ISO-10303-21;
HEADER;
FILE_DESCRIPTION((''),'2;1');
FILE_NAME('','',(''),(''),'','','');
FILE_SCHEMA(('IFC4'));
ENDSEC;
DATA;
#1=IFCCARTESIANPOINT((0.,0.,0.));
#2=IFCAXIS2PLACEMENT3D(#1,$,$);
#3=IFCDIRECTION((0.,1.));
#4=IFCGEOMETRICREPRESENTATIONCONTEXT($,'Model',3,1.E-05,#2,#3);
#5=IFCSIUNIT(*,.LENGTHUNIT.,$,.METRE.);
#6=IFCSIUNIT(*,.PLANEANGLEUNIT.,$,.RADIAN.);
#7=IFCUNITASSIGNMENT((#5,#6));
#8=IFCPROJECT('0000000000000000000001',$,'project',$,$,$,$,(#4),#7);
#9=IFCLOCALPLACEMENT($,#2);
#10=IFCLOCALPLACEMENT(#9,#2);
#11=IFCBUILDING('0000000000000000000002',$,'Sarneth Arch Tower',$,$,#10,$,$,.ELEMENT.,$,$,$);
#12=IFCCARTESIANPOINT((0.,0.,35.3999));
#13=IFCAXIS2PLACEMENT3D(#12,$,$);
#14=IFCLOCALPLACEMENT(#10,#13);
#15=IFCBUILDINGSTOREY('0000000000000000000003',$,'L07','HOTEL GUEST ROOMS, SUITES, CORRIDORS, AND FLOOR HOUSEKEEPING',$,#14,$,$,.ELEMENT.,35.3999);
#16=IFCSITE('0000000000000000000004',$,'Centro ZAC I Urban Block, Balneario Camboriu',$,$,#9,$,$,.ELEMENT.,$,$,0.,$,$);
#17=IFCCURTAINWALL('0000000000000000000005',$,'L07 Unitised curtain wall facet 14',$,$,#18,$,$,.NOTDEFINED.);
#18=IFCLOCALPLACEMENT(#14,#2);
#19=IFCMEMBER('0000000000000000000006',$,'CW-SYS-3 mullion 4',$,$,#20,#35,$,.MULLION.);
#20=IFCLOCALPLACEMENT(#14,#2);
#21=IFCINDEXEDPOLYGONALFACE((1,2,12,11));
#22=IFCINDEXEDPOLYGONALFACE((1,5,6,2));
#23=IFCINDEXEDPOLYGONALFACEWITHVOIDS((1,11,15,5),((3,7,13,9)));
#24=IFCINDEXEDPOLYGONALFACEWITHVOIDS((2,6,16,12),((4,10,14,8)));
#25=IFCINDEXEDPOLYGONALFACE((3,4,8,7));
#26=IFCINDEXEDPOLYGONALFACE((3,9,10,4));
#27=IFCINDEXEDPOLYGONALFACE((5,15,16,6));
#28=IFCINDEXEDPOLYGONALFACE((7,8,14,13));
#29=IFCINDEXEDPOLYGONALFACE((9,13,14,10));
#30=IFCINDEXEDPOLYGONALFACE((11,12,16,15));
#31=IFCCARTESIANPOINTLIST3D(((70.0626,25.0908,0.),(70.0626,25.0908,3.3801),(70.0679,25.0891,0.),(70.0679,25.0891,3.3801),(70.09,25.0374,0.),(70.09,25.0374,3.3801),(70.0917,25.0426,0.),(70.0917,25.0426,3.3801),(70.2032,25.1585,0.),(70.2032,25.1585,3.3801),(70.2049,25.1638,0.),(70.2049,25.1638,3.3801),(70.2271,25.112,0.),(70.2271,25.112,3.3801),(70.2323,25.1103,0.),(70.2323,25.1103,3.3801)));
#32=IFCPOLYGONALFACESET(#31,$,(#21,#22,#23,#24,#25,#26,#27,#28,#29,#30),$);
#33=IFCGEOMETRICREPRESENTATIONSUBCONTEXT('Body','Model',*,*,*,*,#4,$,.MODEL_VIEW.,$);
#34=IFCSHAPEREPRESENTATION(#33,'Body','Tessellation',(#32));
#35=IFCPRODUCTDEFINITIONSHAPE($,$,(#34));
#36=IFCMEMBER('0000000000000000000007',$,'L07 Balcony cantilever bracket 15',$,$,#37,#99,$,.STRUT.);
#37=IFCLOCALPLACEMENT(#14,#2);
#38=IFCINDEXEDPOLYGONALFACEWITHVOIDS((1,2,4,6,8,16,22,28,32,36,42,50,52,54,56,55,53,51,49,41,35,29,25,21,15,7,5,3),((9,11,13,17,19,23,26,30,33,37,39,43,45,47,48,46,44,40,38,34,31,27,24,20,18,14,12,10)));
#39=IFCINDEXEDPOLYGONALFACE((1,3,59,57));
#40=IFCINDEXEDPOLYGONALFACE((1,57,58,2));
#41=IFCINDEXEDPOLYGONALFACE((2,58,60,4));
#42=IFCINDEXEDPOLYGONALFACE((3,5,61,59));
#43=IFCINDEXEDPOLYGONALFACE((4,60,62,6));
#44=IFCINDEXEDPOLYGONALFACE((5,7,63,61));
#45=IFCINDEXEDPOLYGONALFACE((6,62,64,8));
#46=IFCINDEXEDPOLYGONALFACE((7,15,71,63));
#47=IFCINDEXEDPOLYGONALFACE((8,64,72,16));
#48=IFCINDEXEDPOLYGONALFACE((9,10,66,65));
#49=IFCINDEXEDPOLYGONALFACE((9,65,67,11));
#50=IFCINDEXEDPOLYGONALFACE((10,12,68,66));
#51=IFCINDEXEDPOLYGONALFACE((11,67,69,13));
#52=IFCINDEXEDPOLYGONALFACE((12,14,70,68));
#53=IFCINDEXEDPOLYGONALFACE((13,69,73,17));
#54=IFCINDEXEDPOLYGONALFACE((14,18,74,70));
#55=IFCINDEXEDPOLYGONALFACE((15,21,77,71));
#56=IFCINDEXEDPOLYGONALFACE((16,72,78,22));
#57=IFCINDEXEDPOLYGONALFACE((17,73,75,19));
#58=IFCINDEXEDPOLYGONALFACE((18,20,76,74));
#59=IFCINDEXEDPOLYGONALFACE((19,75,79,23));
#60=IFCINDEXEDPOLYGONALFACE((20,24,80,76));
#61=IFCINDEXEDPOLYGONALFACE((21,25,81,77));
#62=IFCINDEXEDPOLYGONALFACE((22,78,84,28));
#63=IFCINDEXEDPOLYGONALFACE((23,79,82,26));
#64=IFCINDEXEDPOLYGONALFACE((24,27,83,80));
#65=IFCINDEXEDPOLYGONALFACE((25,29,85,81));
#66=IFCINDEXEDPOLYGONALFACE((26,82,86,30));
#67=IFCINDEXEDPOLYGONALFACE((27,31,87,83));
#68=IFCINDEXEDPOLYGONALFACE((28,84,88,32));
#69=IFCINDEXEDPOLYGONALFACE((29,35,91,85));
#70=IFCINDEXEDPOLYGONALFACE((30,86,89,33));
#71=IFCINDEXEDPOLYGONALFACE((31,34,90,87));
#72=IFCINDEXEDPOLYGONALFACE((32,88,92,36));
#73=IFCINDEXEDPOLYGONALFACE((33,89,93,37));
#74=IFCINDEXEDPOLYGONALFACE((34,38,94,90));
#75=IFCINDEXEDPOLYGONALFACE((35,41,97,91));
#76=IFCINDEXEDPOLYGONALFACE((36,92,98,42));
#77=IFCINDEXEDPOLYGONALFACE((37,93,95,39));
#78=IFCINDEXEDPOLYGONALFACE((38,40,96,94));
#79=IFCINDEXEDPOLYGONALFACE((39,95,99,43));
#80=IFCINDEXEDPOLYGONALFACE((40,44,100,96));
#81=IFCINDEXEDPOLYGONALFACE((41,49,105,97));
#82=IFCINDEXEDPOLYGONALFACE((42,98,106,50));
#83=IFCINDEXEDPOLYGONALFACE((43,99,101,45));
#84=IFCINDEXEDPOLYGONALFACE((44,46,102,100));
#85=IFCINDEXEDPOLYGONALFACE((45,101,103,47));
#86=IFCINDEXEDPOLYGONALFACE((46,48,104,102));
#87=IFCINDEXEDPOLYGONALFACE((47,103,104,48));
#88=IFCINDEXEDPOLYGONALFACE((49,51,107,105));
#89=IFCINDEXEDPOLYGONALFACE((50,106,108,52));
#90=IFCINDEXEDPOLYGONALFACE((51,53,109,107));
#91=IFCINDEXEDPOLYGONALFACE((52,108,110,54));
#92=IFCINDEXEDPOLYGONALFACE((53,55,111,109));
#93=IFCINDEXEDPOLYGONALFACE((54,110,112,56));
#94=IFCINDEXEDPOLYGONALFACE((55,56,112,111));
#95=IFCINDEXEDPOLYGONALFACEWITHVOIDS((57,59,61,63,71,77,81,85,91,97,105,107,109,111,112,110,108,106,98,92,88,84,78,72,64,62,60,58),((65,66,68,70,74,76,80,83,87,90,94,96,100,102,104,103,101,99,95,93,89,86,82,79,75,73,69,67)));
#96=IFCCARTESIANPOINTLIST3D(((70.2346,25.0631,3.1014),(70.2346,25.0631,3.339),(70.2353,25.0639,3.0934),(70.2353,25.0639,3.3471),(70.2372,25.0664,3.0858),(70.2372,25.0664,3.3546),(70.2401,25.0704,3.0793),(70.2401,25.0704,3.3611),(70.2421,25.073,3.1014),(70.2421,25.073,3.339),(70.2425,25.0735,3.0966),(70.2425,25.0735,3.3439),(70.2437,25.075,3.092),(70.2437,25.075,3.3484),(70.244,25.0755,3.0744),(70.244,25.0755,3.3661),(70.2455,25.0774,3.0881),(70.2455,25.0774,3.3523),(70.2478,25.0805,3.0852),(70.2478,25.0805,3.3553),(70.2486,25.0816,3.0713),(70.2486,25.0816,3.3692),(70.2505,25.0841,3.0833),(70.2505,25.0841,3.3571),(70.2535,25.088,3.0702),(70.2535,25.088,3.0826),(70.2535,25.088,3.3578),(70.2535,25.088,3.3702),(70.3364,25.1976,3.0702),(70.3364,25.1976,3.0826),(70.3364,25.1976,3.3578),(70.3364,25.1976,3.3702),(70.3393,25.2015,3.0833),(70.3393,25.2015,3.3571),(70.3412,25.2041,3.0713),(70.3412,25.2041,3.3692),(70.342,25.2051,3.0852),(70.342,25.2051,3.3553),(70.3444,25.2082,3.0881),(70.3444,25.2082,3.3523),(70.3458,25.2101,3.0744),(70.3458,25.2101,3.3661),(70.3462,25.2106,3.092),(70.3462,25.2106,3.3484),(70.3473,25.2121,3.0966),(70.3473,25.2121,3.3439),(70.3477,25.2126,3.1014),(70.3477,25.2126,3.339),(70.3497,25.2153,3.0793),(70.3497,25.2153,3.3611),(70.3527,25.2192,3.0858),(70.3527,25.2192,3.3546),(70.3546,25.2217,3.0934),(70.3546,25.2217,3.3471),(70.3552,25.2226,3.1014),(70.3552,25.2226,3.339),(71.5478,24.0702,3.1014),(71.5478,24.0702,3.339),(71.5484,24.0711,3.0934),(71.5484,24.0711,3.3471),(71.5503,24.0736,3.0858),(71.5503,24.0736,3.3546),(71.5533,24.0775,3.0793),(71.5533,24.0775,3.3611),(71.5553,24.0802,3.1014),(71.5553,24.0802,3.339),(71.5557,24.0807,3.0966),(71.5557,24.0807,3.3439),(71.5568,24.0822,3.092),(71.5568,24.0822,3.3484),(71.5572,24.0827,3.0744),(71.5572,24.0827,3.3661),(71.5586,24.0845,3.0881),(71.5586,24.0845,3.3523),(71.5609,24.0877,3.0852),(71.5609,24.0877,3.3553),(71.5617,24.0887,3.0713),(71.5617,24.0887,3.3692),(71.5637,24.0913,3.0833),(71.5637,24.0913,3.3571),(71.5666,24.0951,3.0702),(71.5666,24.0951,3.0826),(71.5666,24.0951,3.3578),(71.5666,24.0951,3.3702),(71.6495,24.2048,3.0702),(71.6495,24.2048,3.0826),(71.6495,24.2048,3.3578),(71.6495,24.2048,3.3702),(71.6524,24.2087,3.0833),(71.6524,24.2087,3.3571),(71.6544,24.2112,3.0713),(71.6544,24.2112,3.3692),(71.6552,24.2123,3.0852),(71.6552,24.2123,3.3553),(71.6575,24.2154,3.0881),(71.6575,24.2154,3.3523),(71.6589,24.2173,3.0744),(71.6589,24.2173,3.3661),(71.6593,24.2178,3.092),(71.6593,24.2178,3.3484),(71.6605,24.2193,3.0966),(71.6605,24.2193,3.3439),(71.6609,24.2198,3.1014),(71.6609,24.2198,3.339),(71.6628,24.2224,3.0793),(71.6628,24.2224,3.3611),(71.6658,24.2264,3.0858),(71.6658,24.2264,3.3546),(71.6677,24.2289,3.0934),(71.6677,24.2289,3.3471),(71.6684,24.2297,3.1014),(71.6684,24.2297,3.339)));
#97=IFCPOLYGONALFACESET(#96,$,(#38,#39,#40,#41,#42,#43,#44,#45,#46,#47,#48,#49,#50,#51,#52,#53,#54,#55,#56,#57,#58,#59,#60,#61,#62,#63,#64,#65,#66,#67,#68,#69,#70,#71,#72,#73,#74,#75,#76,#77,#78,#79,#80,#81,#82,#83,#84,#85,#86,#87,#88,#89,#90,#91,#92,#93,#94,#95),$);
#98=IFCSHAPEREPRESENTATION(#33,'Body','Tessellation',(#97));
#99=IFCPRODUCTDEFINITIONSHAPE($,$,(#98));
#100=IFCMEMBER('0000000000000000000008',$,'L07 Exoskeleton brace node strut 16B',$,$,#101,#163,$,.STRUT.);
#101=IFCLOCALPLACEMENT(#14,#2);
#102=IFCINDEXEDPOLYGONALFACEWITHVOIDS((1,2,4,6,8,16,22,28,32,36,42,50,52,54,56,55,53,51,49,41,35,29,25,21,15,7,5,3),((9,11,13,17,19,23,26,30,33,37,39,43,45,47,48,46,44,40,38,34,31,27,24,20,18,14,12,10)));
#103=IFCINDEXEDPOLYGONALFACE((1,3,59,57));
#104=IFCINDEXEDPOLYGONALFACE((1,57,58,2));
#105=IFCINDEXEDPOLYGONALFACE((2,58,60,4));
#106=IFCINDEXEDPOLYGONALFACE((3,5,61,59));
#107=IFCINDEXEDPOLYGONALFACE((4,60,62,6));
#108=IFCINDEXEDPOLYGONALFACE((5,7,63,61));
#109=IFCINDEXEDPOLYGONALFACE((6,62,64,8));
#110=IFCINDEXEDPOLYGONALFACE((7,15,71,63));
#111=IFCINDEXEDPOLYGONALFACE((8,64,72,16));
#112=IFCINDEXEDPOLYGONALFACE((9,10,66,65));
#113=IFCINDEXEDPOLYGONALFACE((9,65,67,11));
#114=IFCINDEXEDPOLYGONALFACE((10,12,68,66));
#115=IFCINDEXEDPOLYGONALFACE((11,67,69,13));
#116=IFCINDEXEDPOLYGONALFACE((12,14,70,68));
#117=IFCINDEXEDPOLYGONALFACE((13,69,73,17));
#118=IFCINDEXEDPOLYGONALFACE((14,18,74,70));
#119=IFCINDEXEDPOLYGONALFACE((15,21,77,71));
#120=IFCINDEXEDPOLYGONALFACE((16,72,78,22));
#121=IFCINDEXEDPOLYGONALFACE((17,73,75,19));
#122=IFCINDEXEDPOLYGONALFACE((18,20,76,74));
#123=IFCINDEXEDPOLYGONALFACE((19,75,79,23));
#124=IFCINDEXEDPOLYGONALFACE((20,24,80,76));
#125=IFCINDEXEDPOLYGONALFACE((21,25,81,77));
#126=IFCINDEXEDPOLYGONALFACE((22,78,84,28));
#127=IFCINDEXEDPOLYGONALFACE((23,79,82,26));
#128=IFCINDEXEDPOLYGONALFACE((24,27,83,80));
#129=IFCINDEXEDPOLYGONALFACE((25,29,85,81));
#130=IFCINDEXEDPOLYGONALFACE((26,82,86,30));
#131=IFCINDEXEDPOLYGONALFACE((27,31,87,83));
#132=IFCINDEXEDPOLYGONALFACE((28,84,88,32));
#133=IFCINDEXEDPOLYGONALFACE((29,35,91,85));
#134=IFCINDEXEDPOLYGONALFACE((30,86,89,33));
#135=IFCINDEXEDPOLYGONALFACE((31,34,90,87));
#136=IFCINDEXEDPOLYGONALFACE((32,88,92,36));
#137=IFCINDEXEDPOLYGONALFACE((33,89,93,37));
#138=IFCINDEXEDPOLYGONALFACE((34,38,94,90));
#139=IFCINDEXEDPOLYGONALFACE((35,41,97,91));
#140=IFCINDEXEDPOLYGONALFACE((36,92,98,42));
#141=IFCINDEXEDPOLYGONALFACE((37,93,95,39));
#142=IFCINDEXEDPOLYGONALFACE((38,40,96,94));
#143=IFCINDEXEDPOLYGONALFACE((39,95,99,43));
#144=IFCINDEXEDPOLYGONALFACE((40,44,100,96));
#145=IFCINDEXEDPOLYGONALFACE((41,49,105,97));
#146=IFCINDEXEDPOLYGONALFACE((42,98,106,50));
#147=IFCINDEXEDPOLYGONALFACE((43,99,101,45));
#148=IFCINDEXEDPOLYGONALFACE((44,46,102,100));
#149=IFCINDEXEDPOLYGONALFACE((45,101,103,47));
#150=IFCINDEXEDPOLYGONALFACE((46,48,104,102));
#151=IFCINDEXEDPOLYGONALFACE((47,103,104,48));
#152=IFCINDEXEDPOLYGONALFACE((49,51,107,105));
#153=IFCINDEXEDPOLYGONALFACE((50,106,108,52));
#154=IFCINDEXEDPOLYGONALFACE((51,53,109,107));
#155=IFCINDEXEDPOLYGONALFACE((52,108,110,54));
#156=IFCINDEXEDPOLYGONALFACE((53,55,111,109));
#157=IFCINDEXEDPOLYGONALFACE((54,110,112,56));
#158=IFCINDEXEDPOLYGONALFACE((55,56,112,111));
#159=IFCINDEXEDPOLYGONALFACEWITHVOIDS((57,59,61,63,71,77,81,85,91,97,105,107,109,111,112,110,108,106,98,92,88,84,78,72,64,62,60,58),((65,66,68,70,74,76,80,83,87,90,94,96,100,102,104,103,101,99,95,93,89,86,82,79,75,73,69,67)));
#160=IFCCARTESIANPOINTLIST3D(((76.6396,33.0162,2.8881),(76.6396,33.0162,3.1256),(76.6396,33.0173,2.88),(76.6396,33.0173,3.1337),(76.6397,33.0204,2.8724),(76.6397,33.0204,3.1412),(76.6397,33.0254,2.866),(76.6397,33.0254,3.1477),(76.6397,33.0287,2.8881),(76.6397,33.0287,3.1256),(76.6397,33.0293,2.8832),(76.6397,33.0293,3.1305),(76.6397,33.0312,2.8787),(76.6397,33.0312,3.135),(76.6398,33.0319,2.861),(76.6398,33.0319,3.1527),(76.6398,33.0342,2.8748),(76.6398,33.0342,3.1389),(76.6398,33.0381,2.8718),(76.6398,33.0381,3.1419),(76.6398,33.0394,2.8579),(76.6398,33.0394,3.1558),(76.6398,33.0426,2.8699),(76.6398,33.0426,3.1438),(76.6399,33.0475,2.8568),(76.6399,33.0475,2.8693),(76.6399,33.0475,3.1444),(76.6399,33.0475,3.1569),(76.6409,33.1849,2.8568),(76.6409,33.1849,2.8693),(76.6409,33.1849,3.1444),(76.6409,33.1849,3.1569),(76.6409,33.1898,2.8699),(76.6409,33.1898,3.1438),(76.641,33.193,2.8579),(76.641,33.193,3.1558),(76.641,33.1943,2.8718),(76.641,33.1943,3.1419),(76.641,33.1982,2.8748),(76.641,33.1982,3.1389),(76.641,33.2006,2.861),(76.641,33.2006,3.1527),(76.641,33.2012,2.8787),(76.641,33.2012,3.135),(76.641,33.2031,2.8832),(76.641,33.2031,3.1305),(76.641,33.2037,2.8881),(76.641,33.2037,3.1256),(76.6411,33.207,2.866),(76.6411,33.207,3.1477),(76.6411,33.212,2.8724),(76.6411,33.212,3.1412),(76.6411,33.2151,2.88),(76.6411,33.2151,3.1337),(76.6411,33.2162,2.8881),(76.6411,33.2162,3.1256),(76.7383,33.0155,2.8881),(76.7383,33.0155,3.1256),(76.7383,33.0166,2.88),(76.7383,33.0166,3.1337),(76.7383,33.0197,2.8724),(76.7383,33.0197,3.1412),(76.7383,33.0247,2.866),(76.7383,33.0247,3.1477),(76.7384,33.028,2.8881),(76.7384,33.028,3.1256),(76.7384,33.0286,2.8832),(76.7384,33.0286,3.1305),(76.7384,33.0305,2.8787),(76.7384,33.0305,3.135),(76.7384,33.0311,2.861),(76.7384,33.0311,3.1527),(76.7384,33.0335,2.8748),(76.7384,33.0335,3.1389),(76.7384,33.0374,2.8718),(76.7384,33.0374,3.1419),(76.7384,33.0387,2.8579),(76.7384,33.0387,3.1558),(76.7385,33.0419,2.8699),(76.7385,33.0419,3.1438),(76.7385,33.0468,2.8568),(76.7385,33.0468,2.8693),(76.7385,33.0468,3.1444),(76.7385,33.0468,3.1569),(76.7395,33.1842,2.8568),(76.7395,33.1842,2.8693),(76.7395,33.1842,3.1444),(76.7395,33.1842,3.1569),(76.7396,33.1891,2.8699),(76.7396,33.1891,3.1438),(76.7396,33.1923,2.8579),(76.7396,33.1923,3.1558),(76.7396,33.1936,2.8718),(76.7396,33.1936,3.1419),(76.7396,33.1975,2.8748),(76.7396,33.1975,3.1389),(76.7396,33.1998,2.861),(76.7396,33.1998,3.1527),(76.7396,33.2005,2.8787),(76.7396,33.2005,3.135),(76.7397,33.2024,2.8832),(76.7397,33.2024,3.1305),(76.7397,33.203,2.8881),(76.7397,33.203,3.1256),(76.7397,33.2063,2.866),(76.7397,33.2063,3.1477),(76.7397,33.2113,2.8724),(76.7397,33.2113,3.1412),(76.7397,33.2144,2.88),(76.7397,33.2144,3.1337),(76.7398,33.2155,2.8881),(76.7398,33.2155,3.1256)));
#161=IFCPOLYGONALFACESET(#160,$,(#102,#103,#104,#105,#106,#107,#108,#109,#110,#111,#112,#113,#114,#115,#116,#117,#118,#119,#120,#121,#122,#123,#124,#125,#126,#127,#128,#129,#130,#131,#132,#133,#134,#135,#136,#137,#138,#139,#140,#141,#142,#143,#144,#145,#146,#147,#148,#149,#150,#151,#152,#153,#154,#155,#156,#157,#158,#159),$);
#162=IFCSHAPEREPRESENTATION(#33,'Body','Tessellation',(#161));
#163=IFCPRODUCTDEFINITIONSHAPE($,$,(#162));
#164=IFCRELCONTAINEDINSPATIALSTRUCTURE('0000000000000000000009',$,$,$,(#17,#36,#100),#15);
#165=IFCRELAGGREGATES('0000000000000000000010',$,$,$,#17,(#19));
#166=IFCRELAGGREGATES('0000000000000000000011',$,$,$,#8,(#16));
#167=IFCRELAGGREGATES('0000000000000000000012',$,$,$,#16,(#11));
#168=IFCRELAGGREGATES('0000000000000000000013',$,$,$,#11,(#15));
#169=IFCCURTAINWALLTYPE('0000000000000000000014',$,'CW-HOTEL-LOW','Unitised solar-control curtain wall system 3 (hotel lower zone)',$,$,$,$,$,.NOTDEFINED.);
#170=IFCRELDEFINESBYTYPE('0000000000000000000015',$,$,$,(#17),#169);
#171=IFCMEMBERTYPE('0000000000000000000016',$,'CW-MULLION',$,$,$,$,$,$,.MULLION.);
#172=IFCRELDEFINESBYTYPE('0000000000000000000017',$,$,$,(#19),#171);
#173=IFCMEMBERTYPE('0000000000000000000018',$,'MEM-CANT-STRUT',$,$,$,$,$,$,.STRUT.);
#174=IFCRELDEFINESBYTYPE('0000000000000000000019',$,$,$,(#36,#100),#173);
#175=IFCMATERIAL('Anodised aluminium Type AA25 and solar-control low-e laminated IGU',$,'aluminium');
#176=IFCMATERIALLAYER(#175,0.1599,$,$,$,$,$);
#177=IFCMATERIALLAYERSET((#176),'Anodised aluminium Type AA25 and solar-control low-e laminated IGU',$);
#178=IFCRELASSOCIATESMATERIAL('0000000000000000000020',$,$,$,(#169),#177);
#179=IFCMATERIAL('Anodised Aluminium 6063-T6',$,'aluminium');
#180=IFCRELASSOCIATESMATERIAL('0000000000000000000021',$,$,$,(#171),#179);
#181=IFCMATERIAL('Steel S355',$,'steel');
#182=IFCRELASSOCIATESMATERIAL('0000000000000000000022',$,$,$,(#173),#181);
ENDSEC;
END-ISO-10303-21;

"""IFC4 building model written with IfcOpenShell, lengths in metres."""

from ifc_helpers import new_model, si_unit, direction, frame, origin, origin_2d, place, context, subcontext, project, spatial, hollow_rectangle, extrude, material, layer, layer_set, material_profile, profile_set, type_object, element, aggregate, save


model = new_model("IFC4")

# Units and contexts
model_context = context("Model", 3, precision=1e-05, world=origin(), true_north=direction((0.0, 1.0)))
body_context = subcontext(model_context, "Body", "Model", "MODEL_VIEW")
ifc_project = project(units=[si_unit("LENGTHUNIT", "METRE"), si_unit("PLANEANGLEUNIT", "RADIAN")], contexts=[model_context])

# Site, building, storey
site_placement = place(None, origin())
site = spatial("IfcSite", under=ifc_project, at=site_placement, Name="Centro ZAC I Urban Block, Balneario Camboriu", CompositionType="ELEMENT", RefElevation=0.0)
building_placement = place(site_placement, origin())
building = spatial("IfcBuilding", under=site, at=building_placement, Name="Sarneth Arch Tower", CompositionType="ELEMENT")
storey_placement = place(building_placement, frame((0.0, 0.0, 35.3999)))
storey = spatial("IfcBuildingStorey", under=building, at=storey_placement, Name="L07", Description="HOTEL GUEST ROOMS, SUITES, CORRIDORS, AND FLOOR HOUSEKEEPING", CompositionType="ELEMENT", Elevation=35.3999)

# Curtain wall, member
ifc_material_1 = material(Name="Anodised aluminium Type AA25 and solar-control low-e laminated IGU", Category="aluminium")
ifc_layer_1 = layer(ifc_material_1, 0.1599)
ifc_layer_set_1 = layer_set([ifc_layer_1], Name="Anodised aluminium Type AA25 and solar-control low-e laminated IGU")
curtain_wall_type = type_object("IfcCurtainWallType", Name="CW-HOTEL-LOW", Description="Unitised solar-control curtain wall system 3 (hotel lower zone)", PredefinedType="NOTDEFINED", material=ifc_layer_set_1)
curtain_wall_placement = place(storey_placement, origin())
curtain_wall = element("IfcCurtainWall", 1, at=curtain_wall_placement, inside=storey, type_object=curtain_wall_type, Name="L07 Unitised curtain wall facet 14", PredefinedType="NOTDEFINED")
ifc_material_2 = material(Name="Anodised Aluminium 6063-T6", Category="aluminium")
ifc_material_profile_1 = material_profile(ifc_material_2, hollow_rectangle(XDim=0.0601, YDim=0.1599, WallThickness=0.0039, at=origin_2d()), Name="AL-MULL-160x60x4")
ifc_profile_set_1 = profile_set([ifc_material_profile_1], Name="Anodised Aluminium 6063-T6")
member_type_1 = type_object("IfcMemberType", Name="CW-MULLION", PredefinedType="MULLION", material=ifc_profile_set_1)
member_1_placement = place(storey_placement, frame((70.1475, 25.1006, 0.0), z_axis=(0.0, 0.0, 1.0), x_axis=(-0.456245, 0.889854, 0.0)))
member_1 = element("IfcMember", 2, at=member_1_placement, type_object=member_type_1, Name="CW-SYS-3 mullion 4", PredefinedType="MULLION", context=body_context, shape_type="SweptSolid", body=[
    extrude(hollow_rectangle(XDim=0.0601, YDim=0.1599, WallThickness=0.0039, at=origin_2d()), origin(), (0.0, 0.0, 1.0), 3.3801),
])
aggregate(curtain_wall, [member_1])

# Members
ifc_material_3 = material(Name="Steel S355", Category="steel")
ifc_material_profile_2 = material_profile(ifc_material_3, hollow_rectangle(XDim=0.2, YDim=0.3, WallThickness=0.0125, InnerFilletRadius=0.0188, OuterFilletRadius=0.0312, at=origin_2d()), Name="RHS300x200x12.5")
ifc_profile_set_2 = profile_set([ifc_material_profile_2], Name="Steel S355")
member_type_2 = type_object("IfcMemberType", Name="MEM-CANT-STRUT", PredefinedType="STRUT", material=ifc_profile_set_2)
member_2_placement = place(storey_placement, frame((70.2949, 25.1428, 3.2202), z_axis=(0.797663, -0.603104, 0.0), x_axis=(0.603104, 0.797663, 0.0)))
element("IfcMember", 3, at=member_2_placement, inside=storey, type_object=member_type_2, Name="L07 Balcony cantilever bracket 15", PredefinedType="STRUT", context=body_context, shape_type="SweptSolid", body=[
    extrude(hollow_rectangle(XDim=0.2, YDim=0.3, WallThickness=0.0125, InnerFilletRadius=0.0188, OuterFilletRadius=0.0312, at=origin_2d()), origin(), (0.0, 0.0, 1.0), 1.6462),
])
member_3_placement = place(storey_placement, frame((76.6404, 33.1162, 3.0068), z_axis=(0.999972, -0.007426, 0.0), x_axis=(0.007426, 0.999972, 0.0)))
element("IfcMember", 4, at=member_3_placement, inside=storey, type_object=member_type_2, Name="L07 Exoskeleton brace node strut 16B", PredefinedType="STRUT", context=body_context, shape_type="SweptSolid", body=[
    extrude(hollow_rectangle(XDim=0.2, YDim=0.3, WallThickness=0.0125, InnerFilletRadius=0.0188, OuterFilletRadius=0.0312, at=origin_2d()), origin(), (0.0, 0.0, 1.0), 0.0986),
])

save(model, "model.ifc")
